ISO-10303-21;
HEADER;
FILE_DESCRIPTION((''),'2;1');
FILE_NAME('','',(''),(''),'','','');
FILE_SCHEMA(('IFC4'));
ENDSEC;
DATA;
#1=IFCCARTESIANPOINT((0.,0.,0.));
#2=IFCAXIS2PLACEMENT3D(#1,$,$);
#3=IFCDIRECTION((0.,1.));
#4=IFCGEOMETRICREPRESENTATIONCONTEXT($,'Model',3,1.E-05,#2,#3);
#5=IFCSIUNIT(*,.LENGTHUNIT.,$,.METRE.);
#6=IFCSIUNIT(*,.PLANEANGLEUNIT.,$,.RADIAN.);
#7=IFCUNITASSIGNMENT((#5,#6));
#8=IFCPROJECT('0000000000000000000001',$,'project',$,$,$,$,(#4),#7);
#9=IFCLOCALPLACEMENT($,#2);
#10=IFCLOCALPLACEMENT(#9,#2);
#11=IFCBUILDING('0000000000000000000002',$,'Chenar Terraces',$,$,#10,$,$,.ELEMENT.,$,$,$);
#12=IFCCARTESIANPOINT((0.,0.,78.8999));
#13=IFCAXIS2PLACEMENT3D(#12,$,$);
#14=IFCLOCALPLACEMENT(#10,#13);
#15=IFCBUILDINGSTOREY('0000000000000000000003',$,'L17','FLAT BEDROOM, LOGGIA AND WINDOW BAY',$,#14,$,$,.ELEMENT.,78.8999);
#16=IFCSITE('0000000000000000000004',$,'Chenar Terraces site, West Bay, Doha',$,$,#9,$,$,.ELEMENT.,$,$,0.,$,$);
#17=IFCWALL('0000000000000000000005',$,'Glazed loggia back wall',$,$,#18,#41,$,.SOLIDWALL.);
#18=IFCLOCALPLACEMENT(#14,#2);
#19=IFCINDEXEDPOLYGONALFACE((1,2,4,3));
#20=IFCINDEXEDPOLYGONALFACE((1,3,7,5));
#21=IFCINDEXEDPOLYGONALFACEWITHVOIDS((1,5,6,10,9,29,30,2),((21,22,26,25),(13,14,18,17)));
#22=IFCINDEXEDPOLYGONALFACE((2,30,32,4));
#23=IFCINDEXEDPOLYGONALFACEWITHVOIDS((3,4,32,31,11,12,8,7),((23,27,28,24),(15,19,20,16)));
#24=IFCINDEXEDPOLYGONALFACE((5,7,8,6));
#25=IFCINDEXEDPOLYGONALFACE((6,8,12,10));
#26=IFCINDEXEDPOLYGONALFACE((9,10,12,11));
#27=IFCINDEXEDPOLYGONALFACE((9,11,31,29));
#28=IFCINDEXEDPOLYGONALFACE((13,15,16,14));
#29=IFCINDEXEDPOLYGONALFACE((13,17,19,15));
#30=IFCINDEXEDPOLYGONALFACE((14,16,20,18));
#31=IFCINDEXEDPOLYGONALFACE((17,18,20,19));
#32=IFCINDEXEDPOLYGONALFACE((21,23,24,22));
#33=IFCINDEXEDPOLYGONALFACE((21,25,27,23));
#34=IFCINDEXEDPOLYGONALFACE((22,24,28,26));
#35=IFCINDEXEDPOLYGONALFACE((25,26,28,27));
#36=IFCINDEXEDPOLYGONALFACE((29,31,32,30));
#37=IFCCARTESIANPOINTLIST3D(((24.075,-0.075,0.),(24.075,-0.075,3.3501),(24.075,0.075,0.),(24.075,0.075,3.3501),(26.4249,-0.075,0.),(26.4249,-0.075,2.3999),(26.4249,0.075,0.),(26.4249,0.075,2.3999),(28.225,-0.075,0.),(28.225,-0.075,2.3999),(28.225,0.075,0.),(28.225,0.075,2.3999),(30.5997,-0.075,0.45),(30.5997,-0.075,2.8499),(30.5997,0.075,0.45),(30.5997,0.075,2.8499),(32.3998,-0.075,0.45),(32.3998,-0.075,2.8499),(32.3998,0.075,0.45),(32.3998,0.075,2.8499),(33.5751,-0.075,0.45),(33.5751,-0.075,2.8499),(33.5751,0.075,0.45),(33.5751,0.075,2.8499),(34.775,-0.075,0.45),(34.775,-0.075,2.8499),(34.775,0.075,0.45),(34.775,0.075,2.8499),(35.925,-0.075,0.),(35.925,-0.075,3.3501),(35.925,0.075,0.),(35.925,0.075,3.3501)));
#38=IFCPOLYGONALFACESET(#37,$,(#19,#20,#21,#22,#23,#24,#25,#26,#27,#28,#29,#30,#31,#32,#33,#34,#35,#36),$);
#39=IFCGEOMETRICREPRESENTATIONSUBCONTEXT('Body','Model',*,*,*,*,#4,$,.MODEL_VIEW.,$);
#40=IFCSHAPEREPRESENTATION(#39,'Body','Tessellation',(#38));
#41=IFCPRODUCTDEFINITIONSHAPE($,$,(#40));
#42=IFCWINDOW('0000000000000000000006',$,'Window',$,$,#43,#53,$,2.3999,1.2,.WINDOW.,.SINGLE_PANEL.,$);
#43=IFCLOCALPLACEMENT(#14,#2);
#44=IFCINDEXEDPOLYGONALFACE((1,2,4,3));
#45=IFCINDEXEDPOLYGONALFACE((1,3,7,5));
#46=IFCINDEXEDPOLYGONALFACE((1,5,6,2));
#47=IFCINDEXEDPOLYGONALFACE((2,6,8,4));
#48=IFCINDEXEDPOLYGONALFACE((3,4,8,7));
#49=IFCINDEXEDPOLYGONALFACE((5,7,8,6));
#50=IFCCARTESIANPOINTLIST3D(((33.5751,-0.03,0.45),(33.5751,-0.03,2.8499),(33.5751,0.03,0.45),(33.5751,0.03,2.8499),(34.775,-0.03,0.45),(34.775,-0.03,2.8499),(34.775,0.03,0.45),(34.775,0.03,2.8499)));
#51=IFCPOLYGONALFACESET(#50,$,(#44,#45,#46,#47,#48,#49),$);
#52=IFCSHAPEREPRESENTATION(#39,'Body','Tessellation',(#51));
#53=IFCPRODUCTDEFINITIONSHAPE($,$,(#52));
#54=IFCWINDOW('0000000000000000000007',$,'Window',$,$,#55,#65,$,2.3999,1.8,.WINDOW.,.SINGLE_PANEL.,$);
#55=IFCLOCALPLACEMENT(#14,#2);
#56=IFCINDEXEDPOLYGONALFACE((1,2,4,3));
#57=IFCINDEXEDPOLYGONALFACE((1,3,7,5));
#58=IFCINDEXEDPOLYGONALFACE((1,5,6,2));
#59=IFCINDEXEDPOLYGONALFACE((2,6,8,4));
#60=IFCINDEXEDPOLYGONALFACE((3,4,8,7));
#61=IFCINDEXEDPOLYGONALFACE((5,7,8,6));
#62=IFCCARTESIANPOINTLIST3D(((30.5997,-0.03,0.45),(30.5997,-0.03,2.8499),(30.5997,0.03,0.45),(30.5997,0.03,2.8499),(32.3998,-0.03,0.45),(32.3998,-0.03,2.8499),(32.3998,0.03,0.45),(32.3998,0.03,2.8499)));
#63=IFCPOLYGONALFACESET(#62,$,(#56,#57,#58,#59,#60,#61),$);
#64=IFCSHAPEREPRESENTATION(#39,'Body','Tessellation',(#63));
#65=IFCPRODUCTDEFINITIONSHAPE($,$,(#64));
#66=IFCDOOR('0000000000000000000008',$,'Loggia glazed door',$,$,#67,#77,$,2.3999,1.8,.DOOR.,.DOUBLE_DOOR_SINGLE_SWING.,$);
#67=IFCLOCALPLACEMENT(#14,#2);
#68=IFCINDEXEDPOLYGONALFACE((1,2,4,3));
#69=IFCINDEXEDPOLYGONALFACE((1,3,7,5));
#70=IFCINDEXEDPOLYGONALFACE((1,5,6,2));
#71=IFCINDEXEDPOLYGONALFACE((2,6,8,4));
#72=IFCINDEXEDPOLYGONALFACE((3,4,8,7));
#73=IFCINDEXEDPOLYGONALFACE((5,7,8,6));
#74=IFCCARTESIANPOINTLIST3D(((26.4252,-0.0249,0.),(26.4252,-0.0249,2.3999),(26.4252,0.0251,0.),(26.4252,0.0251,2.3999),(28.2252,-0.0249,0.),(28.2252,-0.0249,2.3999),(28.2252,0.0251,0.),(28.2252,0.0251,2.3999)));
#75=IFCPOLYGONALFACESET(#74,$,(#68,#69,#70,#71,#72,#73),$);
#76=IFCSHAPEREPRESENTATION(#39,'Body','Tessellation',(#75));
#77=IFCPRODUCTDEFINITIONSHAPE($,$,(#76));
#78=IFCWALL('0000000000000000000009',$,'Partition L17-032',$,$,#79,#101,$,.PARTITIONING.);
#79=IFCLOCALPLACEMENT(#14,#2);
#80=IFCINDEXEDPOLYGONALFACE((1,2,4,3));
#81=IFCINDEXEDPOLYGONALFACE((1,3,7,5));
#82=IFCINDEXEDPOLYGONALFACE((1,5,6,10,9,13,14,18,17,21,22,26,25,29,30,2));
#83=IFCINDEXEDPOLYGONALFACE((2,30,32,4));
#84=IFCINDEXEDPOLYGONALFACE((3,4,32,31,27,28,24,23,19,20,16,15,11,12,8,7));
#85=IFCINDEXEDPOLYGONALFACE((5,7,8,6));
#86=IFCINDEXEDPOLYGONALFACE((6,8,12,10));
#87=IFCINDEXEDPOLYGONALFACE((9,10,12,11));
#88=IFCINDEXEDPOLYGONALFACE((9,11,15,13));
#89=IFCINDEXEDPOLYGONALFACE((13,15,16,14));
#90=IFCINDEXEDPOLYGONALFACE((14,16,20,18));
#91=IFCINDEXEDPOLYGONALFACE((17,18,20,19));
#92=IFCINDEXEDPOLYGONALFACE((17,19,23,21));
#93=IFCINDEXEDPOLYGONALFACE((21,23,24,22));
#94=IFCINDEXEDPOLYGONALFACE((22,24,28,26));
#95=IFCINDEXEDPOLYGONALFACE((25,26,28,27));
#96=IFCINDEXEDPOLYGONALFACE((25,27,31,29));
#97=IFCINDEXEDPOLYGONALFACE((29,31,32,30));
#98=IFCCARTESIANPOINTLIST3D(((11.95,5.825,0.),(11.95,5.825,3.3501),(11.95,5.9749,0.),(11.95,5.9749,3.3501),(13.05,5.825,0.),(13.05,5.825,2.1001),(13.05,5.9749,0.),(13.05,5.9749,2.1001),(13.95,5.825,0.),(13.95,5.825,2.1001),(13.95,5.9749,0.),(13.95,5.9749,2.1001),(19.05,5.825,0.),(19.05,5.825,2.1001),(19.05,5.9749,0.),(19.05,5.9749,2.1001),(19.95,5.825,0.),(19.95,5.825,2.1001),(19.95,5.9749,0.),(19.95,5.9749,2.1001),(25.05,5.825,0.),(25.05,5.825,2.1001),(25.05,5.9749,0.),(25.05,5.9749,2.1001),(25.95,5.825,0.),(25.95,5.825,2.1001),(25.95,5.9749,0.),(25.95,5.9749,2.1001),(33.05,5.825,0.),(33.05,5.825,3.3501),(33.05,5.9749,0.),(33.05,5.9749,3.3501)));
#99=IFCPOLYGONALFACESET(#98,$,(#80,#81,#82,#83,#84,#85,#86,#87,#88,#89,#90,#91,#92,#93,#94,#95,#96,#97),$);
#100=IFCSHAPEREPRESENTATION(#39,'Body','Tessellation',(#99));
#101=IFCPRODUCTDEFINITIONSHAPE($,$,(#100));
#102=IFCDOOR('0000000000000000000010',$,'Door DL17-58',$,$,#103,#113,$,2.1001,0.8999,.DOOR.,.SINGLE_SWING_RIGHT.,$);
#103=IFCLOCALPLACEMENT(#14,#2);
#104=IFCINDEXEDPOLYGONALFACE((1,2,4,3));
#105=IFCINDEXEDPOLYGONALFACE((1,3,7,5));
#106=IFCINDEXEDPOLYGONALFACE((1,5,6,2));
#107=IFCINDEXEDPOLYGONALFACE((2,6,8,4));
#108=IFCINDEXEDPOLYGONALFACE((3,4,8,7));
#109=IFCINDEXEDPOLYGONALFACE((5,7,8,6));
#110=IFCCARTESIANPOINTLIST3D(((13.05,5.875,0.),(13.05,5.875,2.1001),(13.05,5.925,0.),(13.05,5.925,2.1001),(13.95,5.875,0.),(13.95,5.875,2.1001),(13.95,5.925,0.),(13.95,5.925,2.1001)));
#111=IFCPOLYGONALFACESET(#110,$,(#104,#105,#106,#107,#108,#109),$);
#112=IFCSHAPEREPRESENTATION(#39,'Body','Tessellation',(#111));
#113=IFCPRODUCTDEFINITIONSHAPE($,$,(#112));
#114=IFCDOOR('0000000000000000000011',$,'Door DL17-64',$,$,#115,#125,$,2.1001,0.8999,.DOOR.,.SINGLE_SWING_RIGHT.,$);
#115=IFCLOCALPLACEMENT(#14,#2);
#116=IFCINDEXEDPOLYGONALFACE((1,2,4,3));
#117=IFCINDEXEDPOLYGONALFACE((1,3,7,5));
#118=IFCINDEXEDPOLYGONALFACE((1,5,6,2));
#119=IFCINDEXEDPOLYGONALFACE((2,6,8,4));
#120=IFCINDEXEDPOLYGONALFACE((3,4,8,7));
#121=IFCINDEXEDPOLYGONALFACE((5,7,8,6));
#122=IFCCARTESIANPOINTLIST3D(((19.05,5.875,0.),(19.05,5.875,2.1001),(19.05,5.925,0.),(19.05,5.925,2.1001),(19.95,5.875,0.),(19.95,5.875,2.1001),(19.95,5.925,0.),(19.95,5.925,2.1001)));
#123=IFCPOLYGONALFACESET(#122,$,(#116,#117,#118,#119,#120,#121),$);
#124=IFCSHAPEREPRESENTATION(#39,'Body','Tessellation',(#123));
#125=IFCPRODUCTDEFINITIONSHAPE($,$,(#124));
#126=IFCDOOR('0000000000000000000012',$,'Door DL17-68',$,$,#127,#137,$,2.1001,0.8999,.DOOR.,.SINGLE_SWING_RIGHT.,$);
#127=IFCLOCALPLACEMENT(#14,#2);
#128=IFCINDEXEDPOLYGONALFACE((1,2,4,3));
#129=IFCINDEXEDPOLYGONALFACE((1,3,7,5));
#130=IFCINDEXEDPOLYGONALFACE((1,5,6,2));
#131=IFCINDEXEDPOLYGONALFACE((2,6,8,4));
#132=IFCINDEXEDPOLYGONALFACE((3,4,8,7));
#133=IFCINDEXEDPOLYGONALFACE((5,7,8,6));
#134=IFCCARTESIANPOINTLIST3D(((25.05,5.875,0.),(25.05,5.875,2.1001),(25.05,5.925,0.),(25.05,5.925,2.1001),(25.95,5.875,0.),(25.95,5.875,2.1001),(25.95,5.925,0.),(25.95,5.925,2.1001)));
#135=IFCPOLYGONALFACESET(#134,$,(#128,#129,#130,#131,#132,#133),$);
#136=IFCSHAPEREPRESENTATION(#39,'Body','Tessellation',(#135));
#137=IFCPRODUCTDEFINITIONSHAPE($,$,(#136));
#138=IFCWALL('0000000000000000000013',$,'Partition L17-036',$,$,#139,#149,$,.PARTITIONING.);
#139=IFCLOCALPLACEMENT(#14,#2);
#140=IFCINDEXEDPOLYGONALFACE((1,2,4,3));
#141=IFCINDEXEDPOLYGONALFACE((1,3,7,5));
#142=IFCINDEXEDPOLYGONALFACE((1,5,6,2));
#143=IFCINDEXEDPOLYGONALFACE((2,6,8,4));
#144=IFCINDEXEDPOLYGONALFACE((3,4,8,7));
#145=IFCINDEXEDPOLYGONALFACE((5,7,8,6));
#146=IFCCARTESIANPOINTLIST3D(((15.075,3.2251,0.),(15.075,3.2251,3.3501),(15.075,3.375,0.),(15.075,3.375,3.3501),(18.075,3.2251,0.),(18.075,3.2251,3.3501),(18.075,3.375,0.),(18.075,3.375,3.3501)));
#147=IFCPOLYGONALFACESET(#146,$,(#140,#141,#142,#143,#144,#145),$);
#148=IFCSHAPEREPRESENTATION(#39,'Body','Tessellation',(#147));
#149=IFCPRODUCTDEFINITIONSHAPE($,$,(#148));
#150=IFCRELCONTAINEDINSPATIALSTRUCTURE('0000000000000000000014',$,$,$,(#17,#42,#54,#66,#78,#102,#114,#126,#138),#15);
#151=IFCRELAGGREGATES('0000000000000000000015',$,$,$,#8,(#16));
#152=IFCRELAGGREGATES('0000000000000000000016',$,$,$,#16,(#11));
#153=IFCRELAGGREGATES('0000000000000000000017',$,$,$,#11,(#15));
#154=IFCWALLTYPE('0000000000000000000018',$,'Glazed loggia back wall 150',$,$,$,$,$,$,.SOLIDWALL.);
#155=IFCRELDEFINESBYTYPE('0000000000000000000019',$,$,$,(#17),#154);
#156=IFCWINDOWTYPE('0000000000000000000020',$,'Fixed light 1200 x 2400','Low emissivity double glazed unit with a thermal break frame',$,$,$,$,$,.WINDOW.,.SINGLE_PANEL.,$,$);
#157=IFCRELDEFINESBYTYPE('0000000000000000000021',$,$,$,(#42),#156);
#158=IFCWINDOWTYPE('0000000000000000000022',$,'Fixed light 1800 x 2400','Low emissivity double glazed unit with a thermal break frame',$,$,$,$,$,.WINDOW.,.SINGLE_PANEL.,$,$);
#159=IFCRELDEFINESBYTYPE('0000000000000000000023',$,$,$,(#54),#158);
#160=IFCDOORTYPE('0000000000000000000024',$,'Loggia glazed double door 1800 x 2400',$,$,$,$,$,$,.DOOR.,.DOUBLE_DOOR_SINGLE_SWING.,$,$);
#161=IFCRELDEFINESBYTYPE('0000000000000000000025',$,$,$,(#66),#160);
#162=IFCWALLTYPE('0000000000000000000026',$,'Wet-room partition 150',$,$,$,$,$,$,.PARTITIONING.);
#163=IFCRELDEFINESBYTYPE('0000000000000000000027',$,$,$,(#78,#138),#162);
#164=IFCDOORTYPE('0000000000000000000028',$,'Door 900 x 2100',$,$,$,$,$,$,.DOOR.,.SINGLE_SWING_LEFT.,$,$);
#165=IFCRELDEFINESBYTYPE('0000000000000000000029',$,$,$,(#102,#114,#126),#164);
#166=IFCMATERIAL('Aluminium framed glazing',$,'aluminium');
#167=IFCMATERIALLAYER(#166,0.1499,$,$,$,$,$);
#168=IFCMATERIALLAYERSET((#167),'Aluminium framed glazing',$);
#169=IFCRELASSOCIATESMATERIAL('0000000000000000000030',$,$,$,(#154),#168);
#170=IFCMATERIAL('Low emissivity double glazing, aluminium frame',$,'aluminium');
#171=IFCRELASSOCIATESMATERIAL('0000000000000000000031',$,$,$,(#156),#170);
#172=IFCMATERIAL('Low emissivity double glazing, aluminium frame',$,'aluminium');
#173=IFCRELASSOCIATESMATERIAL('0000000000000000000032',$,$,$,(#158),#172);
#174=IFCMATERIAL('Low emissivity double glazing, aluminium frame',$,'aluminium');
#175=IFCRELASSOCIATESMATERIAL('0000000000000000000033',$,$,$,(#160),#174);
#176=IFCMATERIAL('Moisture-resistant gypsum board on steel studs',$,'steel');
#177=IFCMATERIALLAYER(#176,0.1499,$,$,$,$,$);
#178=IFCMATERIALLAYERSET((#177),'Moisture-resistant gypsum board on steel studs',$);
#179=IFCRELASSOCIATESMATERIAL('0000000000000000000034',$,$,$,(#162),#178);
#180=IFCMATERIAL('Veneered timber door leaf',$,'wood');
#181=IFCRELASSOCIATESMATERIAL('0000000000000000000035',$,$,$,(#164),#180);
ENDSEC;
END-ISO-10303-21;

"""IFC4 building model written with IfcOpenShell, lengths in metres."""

from ifc_helpers import new_model, si_unit, direction, frame, frame_2d, origin, place, context, subcontext, project, spatial, rectangle, extrude, material, layer, layer_set, type_object, element, fill, save


model = new_model("IFC4")

# Units and contexts
model_context = context("Model", 3, precision=1e-05, world=origin(), true_north=direction((0.0, 1.0)))
body_context = subcontext(model_context, "Body", "Model", "MODEL_VIEW")
ifc_project = project(units=[si_unit("LENGTHUNIT", "METRE"), si_unit("PLANEANGLEUNIT", "RADIAN")], contexts=[model_context])

# Site, building, storey
site_placement = place(None, origin())
site = spatial("IfcSite", under=ifc_project, at=site_placement, Name="Chenar Terraces site, West Bay, Doha", CompositionType="ELEMENT", RefElevation=0.0)
building_placement = place(site_placement, origin())
building = spatial("IfcBuilding", under=site, at=building_placement, Name="Chenar Terraces", CompositionType="ELEMENT")
storey_placement = place(building_placement, frame((0.0, 0.0, 78.8999)))
storey = spatial("IfcBuildingStorey", under=building, at=storey_placement, Name="L17", Description="FLAT BEDROOM, LOGGIA AND WINDOW BAY", CompositionType="ELEMENT", Elevation=78.8999)

# Wall, openings, windows, door
ifc_material_1 = material(Name="Aluminium framed glazing", Category="aluminium")
ifc_layer_1 = layer(ifc_material_1, 0.1499)
ifc_layer_set_1 = layer_set([ifc_layer_1], Name="Aluminium framed glazing")
wall_type_1 = type_object("IfcWallType", Name="Glazed loggia back wall 150", PredefinedType="SOLIDWALL", material=ifc_layer_set_1)
wall_1_placement = place(storey_placement, frame((24.075, 0.0, 0.0), z_axis=(0.0, 0.0, 1.0), x_axis=(1.0, 0.0, 0.0)))
wall_1 = element("IfcWall", 1, at=wall_1_placement, inside=storey, type_object=wall_type_1, Name="Glazed loggia back wall", PredefinedType="SOLIDWALL", context=body_context, shape_type="SweptSolid", body=[
    extrude(rectangle(XDim=11.8501, YDim=0.1499, at=frame_2d((5.925, 0.0))), origin(), (0.0, 0.0, 1.0), 3.3501),
])
opening_1_placement = place(wall_1_placement, frame((2.3501, 0.0, 0.0)))
opening_1 = element("IfcOpeningElement", 2, at=opening_1_placement, cuts=wall_1, PredefinedType="OPENING", context=body_context, shape_type="SweptSolid", body=[
    extrude(rectangle(XDim=1.8, YDim=2.3999, at=frame_2d((0.8999, 1.2))), frame((0.0, 0.085, 0.0), z_axis=(0.0, -1.0, 0.0), x_axis=(1.0, 0.0, 0.0)), (0.0, 0.0, 1.0), 0.1699),
])
opening_2_placement = place(wall_1_placement, frame((6.5249, 0.0, 0.45)))
opening_2 = element("IfcOpeningElement", 3, at=opening_2_placement, cuts=wall_1, PredefinedType="OPENING", context=body_context, shape_type="SweptSolid", body=[
    extrude(rectangle(XDim=1.8, YDim=2.3999, at=frame_2d((0.8999, 1.2))), frame((0.0, 0.085, 0.0), z_axis=(0.0, -1.0, 0.0), x_axis=(1.0, 0.0, 0.0)), (0.0, 0.0, 1.0), 0.1699),
])
opening_3_placement = place(wall_1_placement, frame((9.5, 0.0, 0.45)))
opening_3 = element("IfcOpeningElement", 4, at=opening_3_placement, cuts=wall_1, PredefinedType="OPENING", context=body_context, shape_type="SweptSolid", body=[
    extrude(rectangle(XDim=1.2, YDim=2.3999, at=frame_2d((0.6001, 1.2))), frame((0.0, 0.085, 0.0), z_axis=(0.0, -1.0, 0.0), x_axis=(1.0, 0.0, 0.0)), (0.0, 0.0, 1.0), 0.1699),
])
ifc_material_2 = material(Name="Low emissivity double glazing, aluminium frame", Category="aluminium")
window_type_1 = type_object("IfcWindowType", Name="Fixed light 1200 x 2400", Description="Low emissivity double glazed unit with a thermal break frame", PartitioningType="SINGLE_PANEL", PredefinedType="WINDOW", material=ifc_material_2)
window_1_placement = place(opening_3_placement, origin())
window_1 = element("IfcWindow", 5, at=window_1_placement, inside=storey, type_object=window_type_1, Name="Window", OverallHeight=2.3999, OverallWidth=1.2, PartitioningType="SINGLE_PANEL", PredefinedType="WINDOW", context=body_context, shape_type="SweptSolid", body=[
    extrude(rectangle(XDim=1.2, YDim=2.3999, at=frame_2d((0.6001, 1.2))), frame((0.0, 0.03, 0.0), z_axis=(0.0, -1.0, 0.0), x_axis=(1.0, 0.0, 0.0)), (0.0, 0.0, 1.0), 0.0601),
])
fill(opening_3, window_1)
ifc_material_3 = material(Name="Low emissivity double glazing, aluminium frame", Category="aluminium")
window_type_2 = type_object("IfcWindowType", Name="Fixed light 1800 x 2400", Description="Low emissivity double glazed unit with a thermal break frame", PartitioningType="SINGLE_PANEL", PredefinedType="WINDOW", material=ifc_material_3)
window_2_placement = place(opening_2_placement, origin())
window_2 = element("IfcWindow", 6, at=window_2_placement, inside=storey, type_object=window_type_2, Name="Window", OverallHeight=2.3999, OverallWidth=1.8, PartitioningType="SINGLE_PANEL", PredefinedType="WINDOW", context=body_context, shape_type="SweptSolid", body=[
    extrude(rectangle(XDim=1.8, YDim=2.3999, at=frame_2d((0.8999, 1.2))), frame((0.0, 0.03, 0.0), z_axis=(0.0, -1.0, 0.0), x_axis=(1.0, 0.0, 0.0)), (0.0, 0.0, 1.0), 0.0601),
])
fill(opening_2, window_2)
ifc_material_4 = material(Name="Low emissivity double glazing, aluminium frame", Category="aluminium")
door_type_1 = type_object("IfcDoorType", Name="Loggia glazed double door 1800 x 2400", OperationType="DOUBLE_DOOR_SINGLE_SWING", PredefinedType="DOOR", material=ifc_material_4)
door_1_placement = place(opening_1_placement, frame((1.8, 0.0, 0.0), z_axis=(0.0, 0.0, 1.0), x_axis=(-1.0, 0.0, 0.0)))
door_1 = element("IfcDoor", 7, at=door_1_placement, inside=storey, type_object=door_type_1, Name="Loggia glazed door", OperationType="DOUBLE_DOOR_SINGLE_SWING", OverallHeight=2.3999, OverallWidth=1.8, PredefinedType="DOOR", context=body_context, shape_type="SweptSolid", body=[
    extrude(rectangle(XDim=1.8, YDim=2.3999, at=frame_2d((0.8999, 1.2))), frame((0.0, 0.0249, 0.0), z_axis=(0.0, -1.0, 0.0), x_axis=(1.0, 0.0, 0.0)), (0.0, 0.0, 1.0), 0.05),
])
fill(opening_1, door_1)

# Wall, openings, doors
ifc_material_5 = material(Name="Moisture-resistant gypsum board on steel studs", Category="steel")
ifc_layer_2 = layer(ifc_material_5, 0.1499)
ifc_layer_set_2 = layer_set([ifc_layer_2], Name="Moisture-resistant gypsum board on steel studs")
wall_type_2 = type_object("IfcWallType", Name="Wet-room partition 150", PredefinedType="PARTITIONING", material=ifc_layer_set_2)
wall_2_placement = place(storey_placement, frame((11.95, 5.8999, 0.0), z_axis=(0.0, 0.0, 1.0), x_axis=(1.0, 0.0, 0.0)))
wall_2 = element("IfcWall", 8, at=wall_2_placement, inside=storey, type_object=wall_type_2, Name="Partition L17-032", PredefinedType="PARTITIONING", context=body_context, shape_type="SweptSolid", body=[
    extrude(rectangle(XDim=21.1001, YDim=0.1499, at=frame_2d((10.55, 0.0))), origin(), (0.0, 0.0, 1.0), 3.3501),
])
opening_4_placement = place(wall_2_placement, frame((1.1001, 0.0, 0.0)))
opening_4 = element("IfcOpeningElement", 9, at=opening_4_placement, cuts=wall_2, PredefinedType="OPENING", context=body_context, shape_type="SweptSolid", body=[
    extrude(rectangle(XDim=0.8999, YDim=2.1001, at=frame_2d((0.45, 1.05))), frame((0.0, 0.085, 0.0), z_axis=(0.0, -1.0, 0.0), x_axis=(1.0, 0.0, 0.0)), (0.0, 0.0, 1.0), 0.1699),
])
opening_5_placement = place(wall_2_placement, frame((7.1001, 0.0, 0.0)))
opening_5 = element("IfcOpeningElement", 10, at=opening_5_placement, cuts=wall_2, PredefinedType="OPENING", context=body_context, shape_type="SweptSolid", body=[
    extrude(rectangle(XDim=0.8999, YDim=2.1001, at=frame_2d((0.45, 1.05))), frame((0.0, 0.085, 0.0), z_axis=(0.0, -1.0, 0.0), x_axis=(1.0, 0.0, 0.0)), (0.0, 0.0, 1.0), 0.1699),
])
opening_6_placement = place(wall_2_placement, frame((13.1001, 0.0, 0.0)))
opening_6 = element("IfcOpeningElement", 11, at=opening_6_placement, cuts=wall_2, PredefinedType="OPENING", context=body_context, shape_type="SweptSolid", body=[
    extrude(rectangle(XDim=0.8999, YDim=2.1001, at=frame_2d((0.45, 1.05))), frame((0.0, 0.085, 0.0), z_axis=(0.0, -1.0, 0.0), x_axis=(1.0, 0.0, 0.0)), (0.0, 0.0, 1.0), 0.1699),
])
ifc_material_6 = material(Name="Veneered timber door leaf", Category="wood")
door_type_2 = type_object("IfcDoorType", Name="Door 900 x 2100", OperationType="SINGLE_SWING_LEFT", PredefinedType="DOOR", material=ifc_material_6)
door_2_placement = place(opening_4_placement, frame((0.8999, 0.0, 0.0), z_axis=(0.0, 0.0, 1.0), x_axis=(-1.0, 0.0, 0.0)))
door_2 = element("IfcDoor", 12, at=door_2_placement, inside=storey, type_object=door_type_2, Name="Door DL17-58", OperationType="SINGLE_SWING_RIGHT", OverallHeight=2.1001, OverallWidth=0.8999, PredefinedType="DOOR", context=body_context, shape_type="SweptSolid", body=[
    extrude(rectangle(XDim=0.8999, YDim=2.1001, at=frame_2d((0.45, 1.05))), frame((0.0, 0.0249, 0.0), z_axis=(0.0, -1.0, 0.0), x_axis=(1.0, 0.0, 0.0)), (0.0, 0.0, 1.0), 0.05),
])
fill(opening_4, door_2)
door_3_placement = place(opening_5_placement, frame((0.8999, 0.0, 0.0), z_axis=(0.0, 0.0, 1.0), x_axis=(-1.0, 0.0, 0.0)))
door_3 = element("IfcDoor", 13, at=door_3_placement, inside=storey, type_object=door_type_2, Name="Door DL17-64", OperationType="SINGLE_SWING_RIGHT", OverallHeight=2.1001, OverallWidth=0.8999, PredefinedType="DOOR", context=body_context, shape_type="SweptSolid", body=[
    extrude(rectangle(XDim=0.8999, YDim=2.1001, at=frame_2d((0.45, 1.05))), frame((0.0, 0.0249, 0.0), z_axis=(0.0, -1.0, 0.0), x_axis=(1.0, 0.0, 0.0)), (0.0, 0.0, 1.0), 0.05),
])
fill(opening_5, door_3)
door_4_placement = place(opening_6_placement, frame((0.8999, 0.0, 0.0), z_axis=(0.0, 0.0, 1.0), x_axis=(-1.0, 0.0, 0.0)))
door_4 = element("IfcDoor", 14, at=door_4_placement, inside=storey, type_object=door_type_2, Name="Door DL17-68", OperationType="SINGLE_SWING_RIGHT", OverallHeight=2.1001, OverallWidth=0.8999, PredefinedType="DOOR", context=body_context, shape_type="SweptSolid", body=[
    extrude(rectangle(XDim=0.8999, YDim=2.1001, at=frame_2d((0.45, 1.05))), frame((0.0, 0.0249, 0.0), z_axis=(0.0, -1.0, 0.0), x_axis=(1.0, 0.0, 0.0)), (0.0, 0.0, 1.0), 0.05),
])
fill(opening_6, door_4)

# Wall
wall_3_placement = place(storey_placement, frame((15.075, 3.3, 0.0), z_axis=(0.0, 0.0, 1.0), x_axis=(1.0, 0.0, 0.0)))
element("IfcWall", 15, at=wall_3_placement, inside=storey, type_object=wall_type_2, Name="Partition L17-036", PredefinedType="PARTITIONING", context=body_context, shape_type="SweptSolid", body=[
    extrude(rectangle(XDim=3.0, YDim=0.1499, at=frame_2d((1.5, 0.0))), origin(), (0.0, 0.0, 1.0), 3.3501),
])

save(model, "model.ifc")
